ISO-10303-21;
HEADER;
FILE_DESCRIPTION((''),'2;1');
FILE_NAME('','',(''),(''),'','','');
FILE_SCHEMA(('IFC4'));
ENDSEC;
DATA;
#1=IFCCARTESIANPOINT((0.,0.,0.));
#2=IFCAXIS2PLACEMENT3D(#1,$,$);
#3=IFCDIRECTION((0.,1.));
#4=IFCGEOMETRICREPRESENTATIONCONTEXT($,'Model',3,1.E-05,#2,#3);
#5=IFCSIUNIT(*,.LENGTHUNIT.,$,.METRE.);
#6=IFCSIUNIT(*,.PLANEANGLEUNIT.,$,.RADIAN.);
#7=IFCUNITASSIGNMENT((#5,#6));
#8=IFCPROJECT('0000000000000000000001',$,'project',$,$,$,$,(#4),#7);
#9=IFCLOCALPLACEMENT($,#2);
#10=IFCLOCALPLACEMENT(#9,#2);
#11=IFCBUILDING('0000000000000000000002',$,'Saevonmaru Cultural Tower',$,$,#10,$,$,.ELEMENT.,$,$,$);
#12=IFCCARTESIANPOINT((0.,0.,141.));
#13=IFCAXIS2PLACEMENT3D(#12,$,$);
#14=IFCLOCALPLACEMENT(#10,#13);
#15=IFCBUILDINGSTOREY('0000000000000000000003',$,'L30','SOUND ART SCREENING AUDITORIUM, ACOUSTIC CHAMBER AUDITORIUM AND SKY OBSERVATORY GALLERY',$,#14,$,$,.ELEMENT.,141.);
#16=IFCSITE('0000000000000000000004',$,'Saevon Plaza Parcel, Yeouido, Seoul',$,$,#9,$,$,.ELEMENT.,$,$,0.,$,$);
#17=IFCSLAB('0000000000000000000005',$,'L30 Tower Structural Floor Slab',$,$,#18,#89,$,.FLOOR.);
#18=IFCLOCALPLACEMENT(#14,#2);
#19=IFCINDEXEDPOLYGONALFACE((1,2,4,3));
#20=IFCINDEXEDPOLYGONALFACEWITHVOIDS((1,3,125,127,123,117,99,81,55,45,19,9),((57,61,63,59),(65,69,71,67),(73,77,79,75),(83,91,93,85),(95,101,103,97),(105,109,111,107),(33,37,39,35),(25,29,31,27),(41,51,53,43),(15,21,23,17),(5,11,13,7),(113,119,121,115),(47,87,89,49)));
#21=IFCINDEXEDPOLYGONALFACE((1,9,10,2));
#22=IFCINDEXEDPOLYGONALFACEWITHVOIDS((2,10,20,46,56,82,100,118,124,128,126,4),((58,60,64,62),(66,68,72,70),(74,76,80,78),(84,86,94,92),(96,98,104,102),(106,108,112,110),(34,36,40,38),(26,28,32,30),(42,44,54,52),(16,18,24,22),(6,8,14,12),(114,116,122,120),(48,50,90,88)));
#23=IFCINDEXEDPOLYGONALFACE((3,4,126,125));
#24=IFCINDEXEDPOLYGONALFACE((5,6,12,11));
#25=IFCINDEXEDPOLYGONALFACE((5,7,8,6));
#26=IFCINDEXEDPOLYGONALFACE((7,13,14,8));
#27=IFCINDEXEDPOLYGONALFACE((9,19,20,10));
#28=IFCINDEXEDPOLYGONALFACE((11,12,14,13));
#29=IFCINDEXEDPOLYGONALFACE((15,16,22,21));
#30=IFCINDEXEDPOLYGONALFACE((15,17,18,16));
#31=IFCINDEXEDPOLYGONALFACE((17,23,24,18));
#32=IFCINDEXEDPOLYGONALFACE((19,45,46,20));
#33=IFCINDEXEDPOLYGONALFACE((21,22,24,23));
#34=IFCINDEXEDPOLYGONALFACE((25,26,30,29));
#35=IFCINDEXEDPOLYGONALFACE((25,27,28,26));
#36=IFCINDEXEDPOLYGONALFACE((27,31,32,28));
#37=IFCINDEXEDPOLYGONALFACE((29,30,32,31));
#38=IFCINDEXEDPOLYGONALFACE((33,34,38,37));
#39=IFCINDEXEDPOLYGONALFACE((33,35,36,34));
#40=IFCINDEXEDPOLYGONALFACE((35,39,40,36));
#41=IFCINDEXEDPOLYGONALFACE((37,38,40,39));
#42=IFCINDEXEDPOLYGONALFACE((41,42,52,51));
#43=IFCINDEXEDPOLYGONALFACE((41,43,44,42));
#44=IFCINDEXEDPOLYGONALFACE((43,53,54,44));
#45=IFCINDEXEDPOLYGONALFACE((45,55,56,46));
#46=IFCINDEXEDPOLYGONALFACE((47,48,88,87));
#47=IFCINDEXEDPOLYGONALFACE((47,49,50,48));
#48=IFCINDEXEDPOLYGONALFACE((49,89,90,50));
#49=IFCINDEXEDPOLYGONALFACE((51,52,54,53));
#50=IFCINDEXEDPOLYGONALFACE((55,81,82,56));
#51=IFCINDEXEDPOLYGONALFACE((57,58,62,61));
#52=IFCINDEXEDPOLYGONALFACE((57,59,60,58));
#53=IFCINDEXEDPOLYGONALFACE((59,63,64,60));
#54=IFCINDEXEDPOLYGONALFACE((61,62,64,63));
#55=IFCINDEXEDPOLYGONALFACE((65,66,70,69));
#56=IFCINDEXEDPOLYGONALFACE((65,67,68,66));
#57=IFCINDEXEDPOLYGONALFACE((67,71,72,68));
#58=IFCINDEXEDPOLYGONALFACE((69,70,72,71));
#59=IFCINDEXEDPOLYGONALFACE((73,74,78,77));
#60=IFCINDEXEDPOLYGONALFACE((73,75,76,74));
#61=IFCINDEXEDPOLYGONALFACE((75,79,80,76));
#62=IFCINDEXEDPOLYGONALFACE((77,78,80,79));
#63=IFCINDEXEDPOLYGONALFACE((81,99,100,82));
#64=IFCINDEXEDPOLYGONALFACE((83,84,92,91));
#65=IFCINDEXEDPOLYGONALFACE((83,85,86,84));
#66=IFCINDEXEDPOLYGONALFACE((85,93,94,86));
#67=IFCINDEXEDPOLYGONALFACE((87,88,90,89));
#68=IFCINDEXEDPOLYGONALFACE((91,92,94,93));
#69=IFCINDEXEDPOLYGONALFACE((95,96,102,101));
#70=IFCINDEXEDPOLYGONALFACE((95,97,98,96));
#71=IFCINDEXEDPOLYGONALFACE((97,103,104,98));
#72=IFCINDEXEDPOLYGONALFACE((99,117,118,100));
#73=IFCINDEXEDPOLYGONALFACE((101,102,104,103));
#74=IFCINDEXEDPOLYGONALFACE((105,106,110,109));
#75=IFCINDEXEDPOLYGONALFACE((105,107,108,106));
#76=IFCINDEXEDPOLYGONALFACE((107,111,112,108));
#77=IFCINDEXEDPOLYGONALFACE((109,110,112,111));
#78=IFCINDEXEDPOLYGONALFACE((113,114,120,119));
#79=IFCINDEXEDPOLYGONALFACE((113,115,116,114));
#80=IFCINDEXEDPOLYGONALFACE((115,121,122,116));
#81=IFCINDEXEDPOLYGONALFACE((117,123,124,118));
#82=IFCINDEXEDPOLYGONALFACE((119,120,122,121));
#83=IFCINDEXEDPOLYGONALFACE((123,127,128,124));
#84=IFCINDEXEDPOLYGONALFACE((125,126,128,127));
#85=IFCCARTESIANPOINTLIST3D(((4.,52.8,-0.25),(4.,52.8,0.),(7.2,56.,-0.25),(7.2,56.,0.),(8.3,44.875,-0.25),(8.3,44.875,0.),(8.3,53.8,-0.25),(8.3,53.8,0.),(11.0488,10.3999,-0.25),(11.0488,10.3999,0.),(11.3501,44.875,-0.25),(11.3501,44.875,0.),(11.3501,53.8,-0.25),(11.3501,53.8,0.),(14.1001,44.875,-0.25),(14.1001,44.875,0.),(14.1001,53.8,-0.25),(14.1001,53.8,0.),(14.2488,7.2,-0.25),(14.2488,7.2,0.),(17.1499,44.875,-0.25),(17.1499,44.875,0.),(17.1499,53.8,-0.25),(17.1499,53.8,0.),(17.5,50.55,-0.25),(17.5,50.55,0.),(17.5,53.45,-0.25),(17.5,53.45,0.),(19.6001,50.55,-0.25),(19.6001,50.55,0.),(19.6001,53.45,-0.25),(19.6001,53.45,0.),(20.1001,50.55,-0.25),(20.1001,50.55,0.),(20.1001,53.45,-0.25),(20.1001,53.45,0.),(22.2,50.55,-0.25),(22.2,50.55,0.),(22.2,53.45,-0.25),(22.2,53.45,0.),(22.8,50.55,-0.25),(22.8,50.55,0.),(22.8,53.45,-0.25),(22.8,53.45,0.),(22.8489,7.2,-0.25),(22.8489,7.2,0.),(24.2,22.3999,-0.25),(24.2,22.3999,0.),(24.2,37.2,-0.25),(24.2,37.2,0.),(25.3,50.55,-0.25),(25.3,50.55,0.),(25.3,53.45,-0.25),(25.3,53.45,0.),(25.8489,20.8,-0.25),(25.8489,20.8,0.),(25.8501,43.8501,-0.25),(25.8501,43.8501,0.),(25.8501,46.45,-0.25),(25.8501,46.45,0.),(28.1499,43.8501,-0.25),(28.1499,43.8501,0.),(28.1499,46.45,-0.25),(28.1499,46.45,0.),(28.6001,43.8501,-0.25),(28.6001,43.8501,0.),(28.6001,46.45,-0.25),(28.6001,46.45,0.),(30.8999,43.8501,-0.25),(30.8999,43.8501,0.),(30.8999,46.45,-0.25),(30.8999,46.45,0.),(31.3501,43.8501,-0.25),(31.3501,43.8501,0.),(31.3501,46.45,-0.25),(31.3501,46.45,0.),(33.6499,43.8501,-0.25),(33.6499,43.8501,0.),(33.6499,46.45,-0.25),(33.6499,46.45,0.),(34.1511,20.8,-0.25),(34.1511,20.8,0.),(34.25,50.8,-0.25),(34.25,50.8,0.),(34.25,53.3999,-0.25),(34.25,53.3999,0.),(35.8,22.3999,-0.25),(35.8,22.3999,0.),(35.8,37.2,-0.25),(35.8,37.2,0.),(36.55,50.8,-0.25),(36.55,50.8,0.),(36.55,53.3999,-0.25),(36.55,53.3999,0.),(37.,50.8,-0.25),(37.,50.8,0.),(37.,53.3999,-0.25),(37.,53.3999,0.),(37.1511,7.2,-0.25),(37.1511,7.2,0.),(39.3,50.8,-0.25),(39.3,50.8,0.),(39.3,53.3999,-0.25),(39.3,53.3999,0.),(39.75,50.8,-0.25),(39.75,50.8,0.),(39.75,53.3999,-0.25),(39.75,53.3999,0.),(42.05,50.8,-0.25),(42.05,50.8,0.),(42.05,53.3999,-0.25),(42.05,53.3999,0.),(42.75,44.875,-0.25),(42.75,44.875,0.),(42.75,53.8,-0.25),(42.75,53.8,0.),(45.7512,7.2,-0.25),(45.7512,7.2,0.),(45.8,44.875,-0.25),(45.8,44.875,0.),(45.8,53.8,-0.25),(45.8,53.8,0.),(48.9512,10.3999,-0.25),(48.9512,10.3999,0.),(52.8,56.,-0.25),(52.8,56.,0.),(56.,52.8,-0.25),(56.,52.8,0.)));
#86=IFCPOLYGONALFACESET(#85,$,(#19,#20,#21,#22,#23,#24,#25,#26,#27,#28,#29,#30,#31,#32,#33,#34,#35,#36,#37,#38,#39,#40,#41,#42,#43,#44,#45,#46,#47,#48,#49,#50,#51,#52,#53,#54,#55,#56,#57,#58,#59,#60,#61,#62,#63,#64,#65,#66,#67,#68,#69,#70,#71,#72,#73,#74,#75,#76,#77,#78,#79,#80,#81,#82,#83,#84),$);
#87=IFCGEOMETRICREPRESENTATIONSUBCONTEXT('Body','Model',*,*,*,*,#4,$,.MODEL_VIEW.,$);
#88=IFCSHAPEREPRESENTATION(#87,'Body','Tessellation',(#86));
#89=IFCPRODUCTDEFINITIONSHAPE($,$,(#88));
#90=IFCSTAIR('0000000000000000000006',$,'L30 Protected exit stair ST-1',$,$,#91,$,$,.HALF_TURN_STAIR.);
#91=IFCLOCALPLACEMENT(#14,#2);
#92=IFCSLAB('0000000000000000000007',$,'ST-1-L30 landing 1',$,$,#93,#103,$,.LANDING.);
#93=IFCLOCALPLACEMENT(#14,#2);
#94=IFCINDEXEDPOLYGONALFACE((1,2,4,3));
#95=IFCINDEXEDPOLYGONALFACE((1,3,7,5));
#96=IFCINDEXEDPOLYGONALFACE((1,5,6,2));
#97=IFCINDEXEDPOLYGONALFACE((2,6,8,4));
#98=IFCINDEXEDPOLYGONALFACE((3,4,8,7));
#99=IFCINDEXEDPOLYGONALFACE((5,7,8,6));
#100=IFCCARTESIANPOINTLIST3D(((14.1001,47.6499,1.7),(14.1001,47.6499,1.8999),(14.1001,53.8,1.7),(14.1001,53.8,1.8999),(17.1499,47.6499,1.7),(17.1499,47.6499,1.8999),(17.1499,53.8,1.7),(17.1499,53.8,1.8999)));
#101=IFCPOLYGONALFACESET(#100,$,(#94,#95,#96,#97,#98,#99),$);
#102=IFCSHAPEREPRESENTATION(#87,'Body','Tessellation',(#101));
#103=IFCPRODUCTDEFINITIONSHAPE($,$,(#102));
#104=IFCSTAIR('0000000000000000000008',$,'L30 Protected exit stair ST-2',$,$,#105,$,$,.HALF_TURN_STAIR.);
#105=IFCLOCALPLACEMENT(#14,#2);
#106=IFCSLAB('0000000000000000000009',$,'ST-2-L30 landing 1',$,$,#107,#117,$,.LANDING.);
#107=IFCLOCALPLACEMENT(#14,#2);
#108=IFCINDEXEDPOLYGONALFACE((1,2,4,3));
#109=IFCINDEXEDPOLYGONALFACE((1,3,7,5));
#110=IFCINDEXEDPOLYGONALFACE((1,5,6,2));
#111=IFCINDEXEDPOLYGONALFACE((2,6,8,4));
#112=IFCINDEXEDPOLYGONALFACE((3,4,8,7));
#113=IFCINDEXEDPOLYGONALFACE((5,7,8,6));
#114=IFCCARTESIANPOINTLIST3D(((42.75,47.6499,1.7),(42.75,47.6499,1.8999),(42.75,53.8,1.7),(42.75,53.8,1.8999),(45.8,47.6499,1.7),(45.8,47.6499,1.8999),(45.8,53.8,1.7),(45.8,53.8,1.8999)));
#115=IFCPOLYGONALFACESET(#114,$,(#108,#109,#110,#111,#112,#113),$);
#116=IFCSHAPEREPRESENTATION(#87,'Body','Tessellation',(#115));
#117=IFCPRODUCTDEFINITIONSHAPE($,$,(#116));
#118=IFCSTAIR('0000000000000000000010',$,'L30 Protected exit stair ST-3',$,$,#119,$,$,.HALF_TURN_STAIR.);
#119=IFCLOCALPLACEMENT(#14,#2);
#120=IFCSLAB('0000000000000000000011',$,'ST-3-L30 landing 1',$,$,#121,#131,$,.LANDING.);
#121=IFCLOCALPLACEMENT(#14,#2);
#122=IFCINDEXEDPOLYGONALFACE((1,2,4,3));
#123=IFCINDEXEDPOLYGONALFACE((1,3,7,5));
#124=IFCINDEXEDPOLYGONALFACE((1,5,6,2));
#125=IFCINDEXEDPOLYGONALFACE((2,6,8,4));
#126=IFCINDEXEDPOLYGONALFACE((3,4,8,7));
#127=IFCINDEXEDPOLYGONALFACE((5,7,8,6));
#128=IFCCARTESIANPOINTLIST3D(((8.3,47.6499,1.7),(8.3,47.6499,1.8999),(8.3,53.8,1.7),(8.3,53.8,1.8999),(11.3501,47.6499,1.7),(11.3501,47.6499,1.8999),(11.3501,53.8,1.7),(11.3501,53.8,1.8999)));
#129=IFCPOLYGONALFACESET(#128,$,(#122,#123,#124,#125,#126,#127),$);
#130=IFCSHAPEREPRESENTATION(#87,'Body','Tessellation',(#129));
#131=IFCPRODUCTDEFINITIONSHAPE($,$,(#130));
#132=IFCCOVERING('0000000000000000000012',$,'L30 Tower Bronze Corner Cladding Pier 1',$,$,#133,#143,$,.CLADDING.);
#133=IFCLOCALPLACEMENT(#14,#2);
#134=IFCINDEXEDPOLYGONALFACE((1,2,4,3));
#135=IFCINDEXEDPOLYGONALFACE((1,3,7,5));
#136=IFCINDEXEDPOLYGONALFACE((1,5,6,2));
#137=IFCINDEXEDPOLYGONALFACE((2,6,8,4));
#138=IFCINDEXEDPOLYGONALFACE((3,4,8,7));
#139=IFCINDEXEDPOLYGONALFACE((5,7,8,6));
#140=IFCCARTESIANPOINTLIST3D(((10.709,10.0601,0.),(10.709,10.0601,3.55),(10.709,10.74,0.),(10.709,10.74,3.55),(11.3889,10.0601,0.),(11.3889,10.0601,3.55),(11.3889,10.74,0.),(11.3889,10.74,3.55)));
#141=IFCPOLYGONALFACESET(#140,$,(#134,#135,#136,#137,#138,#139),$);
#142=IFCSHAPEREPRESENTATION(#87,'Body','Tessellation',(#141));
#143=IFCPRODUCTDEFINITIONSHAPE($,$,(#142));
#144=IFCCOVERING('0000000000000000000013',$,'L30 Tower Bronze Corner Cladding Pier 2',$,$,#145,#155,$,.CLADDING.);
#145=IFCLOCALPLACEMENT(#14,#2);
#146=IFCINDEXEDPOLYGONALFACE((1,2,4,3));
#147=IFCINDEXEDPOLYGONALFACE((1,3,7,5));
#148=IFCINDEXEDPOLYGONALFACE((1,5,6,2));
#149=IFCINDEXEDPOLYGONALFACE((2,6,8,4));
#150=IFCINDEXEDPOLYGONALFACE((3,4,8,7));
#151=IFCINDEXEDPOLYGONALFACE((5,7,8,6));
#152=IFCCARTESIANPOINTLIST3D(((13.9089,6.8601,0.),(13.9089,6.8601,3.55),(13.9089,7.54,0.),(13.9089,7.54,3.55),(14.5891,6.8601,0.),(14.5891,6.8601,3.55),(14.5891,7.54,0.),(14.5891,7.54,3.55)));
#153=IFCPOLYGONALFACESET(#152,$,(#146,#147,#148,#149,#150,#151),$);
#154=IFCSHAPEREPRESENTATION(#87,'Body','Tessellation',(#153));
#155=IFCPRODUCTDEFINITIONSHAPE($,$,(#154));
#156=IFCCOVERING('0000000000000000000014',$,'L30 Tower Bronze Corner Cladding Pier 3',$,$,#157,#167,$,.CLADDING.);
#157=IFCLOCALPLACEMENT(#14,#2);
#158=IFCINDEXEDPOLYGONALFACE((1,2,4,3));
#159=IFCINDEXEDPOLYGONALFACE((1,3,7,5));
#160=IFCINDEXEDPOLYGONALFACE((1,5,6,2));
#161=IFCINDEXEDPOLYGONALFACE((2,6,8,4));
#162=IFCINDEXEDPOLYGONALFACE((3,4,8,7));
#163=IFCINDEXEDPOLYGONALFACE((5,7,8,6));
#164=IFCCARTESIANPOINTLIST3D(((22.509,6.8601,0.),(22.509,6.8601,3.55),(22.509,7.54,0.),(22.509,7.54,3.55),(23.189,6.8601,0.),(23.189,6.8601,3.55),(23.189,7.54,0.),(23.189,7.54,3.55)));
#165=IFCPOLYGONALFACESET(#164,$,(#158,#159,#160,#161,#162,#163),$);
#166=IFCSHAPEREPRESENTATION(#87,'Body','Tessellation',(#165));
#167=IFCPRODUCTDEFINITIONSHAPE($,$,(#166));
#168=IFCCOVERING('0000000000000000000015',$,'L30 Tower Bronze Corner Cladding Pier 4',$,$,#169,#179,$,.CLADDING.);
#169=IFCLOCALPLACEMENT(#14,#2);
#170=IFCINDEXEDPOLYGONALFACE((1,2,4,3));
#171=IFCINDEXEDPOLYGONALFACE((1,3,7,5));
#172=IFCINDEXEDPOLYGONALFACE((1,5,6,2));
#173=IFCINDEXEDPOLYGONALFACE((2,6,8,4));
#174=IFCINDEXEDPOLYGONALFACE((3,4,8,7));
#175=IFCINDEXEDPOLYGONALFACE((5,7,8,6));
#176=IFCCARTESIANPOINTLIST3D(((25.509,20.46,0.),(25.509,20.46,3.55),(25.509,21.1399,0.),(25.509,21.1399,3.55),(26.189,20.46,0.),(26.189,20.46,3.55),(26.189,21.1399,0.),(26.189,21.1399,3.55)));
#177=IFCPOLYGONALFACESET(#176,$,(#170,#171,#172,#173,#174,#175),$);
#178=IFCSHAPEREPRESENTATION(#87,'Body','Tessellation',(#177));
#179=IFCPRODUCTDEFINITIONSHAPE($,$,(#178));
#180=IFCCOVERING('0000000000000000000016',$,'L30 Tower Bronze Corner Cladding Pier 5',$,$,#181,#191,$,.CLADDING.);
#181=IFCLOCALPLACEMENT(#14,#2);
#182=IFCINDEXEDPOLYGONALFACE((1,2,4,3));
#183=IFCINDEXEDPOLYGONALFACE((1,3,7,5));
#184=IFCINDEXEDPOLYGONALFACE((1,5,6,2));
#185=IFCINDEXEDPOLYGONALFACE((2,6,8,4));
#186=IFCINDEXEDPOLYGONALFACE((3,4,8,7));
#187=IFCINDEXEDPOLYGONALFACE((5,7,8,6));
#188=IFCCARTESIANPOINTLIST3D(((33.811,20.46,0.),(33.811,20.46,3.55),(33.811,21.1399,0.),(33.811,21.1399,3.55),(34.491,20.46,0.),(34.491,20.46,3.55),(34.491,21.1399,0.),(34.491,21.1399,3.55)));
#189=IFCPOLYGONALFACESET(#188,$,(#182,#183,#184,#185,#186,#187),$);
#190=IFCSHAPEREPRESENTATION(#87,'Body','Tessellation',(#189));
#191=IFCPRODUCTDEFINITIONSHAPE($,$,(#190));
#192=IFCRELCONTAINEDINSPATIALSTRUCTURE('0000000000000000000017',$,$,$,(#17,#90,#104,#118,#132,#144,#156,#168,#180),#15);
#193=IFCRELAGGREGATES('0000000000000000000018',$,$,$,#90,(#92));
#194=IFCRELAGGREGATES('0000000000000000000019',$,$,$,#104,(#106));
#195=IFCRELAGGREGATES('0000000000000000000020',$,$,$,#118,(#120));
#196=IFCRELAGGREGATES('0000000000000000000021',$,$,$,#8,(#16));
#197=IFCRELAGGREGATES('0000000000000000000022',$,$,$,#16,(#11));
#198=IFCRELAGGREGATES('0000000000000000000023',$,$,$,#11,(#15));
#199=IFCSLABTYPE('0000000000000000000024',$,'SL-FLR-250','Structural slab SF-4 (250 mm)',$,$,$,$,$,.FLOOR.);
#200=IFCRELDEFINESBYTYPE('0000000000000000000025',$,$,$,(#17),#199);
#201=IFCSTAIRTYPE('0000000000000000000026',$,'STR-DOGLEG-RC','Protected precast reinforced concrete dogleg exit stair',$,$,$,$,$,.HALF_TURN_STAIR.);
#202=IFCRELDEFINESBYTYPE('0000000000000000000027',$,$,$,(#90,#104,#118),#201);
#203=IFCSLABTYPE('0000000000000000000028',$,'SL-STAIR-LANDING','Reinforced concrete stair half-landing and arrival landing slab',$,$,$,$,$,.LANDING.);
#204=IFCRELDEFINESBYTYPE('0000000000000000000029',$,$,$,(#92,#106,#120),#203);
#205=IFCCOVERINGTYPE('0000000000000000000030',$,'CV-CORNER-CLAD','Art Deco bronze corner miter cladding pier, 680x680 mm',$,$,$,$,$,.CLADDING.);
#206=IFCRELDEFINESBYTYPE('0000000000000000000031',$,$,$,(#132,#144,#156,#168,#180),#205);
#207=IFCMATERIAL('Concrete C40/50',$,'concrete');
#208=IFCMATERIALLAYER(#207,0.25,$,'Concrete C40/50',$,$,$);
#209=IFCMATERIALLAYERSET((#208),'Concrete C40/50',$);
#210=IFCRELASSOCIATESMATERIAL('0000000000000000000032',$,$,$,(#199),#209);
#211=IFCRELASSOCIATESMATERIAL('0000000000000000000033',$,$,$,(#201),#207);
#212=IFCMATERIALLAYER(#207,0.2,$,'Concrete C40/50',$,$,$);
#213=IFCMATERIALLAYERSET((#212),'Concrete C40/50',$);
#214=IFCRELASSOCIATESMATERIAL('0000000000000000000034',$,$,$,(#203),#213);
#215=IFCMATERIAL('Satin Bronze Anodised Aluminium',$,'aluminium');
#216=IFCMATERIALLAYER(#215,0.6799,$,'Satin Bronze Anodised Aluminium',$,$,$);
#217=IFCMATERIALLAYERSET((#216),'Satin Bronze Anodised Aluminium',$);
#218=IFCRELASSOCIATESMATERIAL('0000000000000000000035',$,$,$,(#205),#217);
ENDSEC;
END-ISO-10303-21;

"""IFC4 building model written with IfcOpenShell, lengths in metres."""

from ifc_helpers import new_model, si_unit, direction, frame, origin, place, context, subcontext, project, spatial, polyline, outline, extrude, material, layer, layer_set, type_object, element, aggregate, save


model = new_model("IFC4")

# Units and contexts
model_context = context("Model", 3, precision=1e-05, world=origin(), true_north=direction((0.0, 1.0)))
body_context = subcontext(model_context, "Body", "Model", "MODEL_VIEW")
ifc_project = project(units=[si_unit("LENGTHUNIT", "METRE"), si_unit("PLANEANGLEUNIT", "RADIAN")], contexts=[model_context])

# Site, building, storey
site_placement = place(None, origin())
site = spatial("IfcSite", under=ifc_project, at=site_placement, Name="Saevon Plaza Parcel, Yeouido, Seoul", CompositionType="ELEMENT", RefElevation=0.0)
building_placement = place(site_placement, origin())
building = spatial("IfcBuilding", under=site, at=building_placement, Name="Saevonmaru Cultural Tower", CompositionType="ELEMENT")
storey_placement = place(building_placement, frame((0.0, 0.0, 141.0)))
storey = spatial("IfcBuildingStorey", under=building, at=storey_placement, Name="L30", Description="SOUND ART SCREENING AUDITORIUM, ACOUSTIC CHAMBER AUDITORIUM AND SKY OBSERVATORY GALLERY", CompositionType="ELEMENT", Elevation=141.0)

# Shared definitions
ifc_material_1 = material(Name="Satin Bronze Anodised Aluminium", Category="aluminium")

# Slab
ifc_material_2 = material(Name="Concrete C40/50", Category="concrete")
ifc_layer_1 = layer(ifc_material_2, 0.25, Name="Concrete C40/50")
ifc_layer_set_1 = layer_set([ifc_layer_1], Name="Concrete C40/50")
slab_type_1 = type_object("IfcSlabType", Name="SL-FLR-250", Description="Structural slab SF-4 (250 mm)", PredefinedType="FLOOR", material=ifc_layer_set_1)
slab_1_placement = place(storey_placement, frame((0.0, 0.0, -0.25)))
element("IfcSlab", 1, at=slab_1_placement, inside=storey, type_object=slab_type_1, Name="L30 Tower Structural Floor Slab", PredefinedType="FLOOR", context=body_context, shape_type="SweptSolid", body=[
    extrude(outline(polyline([(11.0488, 10.3999), (14.2488, 7.2), (22.8489, 7.2), (25.8489, 20.8), (34.1511, 20.8), (37.1511, 7.2), (45.7512, 7.2), (48.9512, 10.3999), (56.0, 52.8), (52.8, 56.0), (7.2, 56.0), (4.0, 52.8), (11.0488, 10.3999)]), holes=[polyline([(45.8, 44.875), (42.75, 44.875), (42.75, 53.8), (45.8, 53.8), (45.8, 44.875)]), polyline([(39.75, 50.8), (39.75, 53.3999), (42.05, 53.3999), (42.05, 50.8), (39.75, 50.8)]), polyline([(37.0, 50.8), (37.0, 53.3999), (39.3, 53.3999), (39.3, 50.8), (37.0, 50.8)]), polyline([(34.25, 50.8), (34.25, 53.3999), (36.55, 53.3999), (36.55, 50.8), (34.25, 50.8)]), polyline([(24.2, 22.3999), (24.2, 37.2), (35.8, 37.2), (35.8, 22.3999), (24.2, 22.3999)]), polyline([(31.3501, 43.8501), (31.3501, 46.45), (33.6499, 46.45), (33.6499, 43.8501), (31.3501, 43.8501)]), polyline([(28.6001, 43.8501), (28.6001, 46.45), (30.8999, 46.45), (30.8999, 43.8501), (28.6001, 43.8501)]), polyline([(28.1499, 43.8501), (25.8501, 43.8501), (25.8501, 46.45), (28.1499, 46.45), (28.1499, 43.8501)]), polyline([(25.3, 50.55), (22.8, 50.55), (22.8, 53.45), (25.3, 53.45), (25.3, 50.55)]), polyline([(20.1001, 50.55), (20.1001, 53.45), (22.2, 53.45), (22.2, 50.55), (20.1001, 50.55)]), polyline([(17.5, 50.55), (17.5, 53.45), (19.6001, 53.45), (19.6001, 50.55), (17.5, 50.55)]), polyline([(17.1499, 53.8), (17.1499, 44.875), (14.1001, 44.875), (14.1001, 53.8), (17.1499, 53.8)]), polyline([(11.3501, 44.875), (8.3, 44.875), (8.3, 53.8), (11.3501, 53.8), (11.3501, 44.875)])]), origin(), (0.0, 0.0, 1.0), 0.25),
])

# Stairs, slabs
stair_type = type_object("IfcStairType", Name="STR-DOGLEG-RC", Description="Protected precast reinforced concrete dogleg exit stair", PredefinedType="HALF_TURN_STAIR", material=ifc_material_2)
stair_1_placement = place(storey_placement, origin())
stair_1 = element("IfcStair", 2, at=stair_1_placement, inside=storey, type_object=stair_type, Name="L30 Protected exit stair ST-1", PredefinedType="HALF_TURN_STAIR")
ifc_layer_2 = layer(ifc_material_2, 0.2, Name="Concrete C40/50")
ifc_layer_set_2 = layer_set([ifc_layer_2], Name="Concrete C40/50")
slab_type_2 = type_object("IfcSlabType", Name="SL-STAIR-LANDING", Description="Reinforced concrete stair half-landing and arrival landing slab", PredefinedType="LANDING", material=ifc_layer_set_2)
slab_2_placement = place(storey_placement, frame((0.0, 0.0, 1.7)))
slab_2 = element("IfcSlab", 3, at=slab_2_placement, type_object=slab_type_2, Name="ST-1-L30 landing 1", PredefinedType="LANDING", context=body_context, shape_type="SweptSolid", body=[
    extrude(outline(polyline([(17.1499, 47.6499), (17.1499, 53.8), (14.1001, 53.8), (14.1001, 47.6499), (17.1499, 47.6499)])), origin(), (0.0, 0.0, 1.0), 0.2),
])
aggregate(stair_1, [slab_2])
stair_2_placement = place(storey_placement, origin())
stair_2 = element("IfcStair", 4, at=stair_2_placement, inside=storey, type_object=stair_type, Name="L30 Protected exit stair ST-2", PredefinedType="HALF_TURN_STAIR")
slab_3_placement = place(storey_placement, frame((0.0, 0.0, 1.7)))
slab_3 = element("IfcSlab", 5, at=slab_3_placement, type_object=slab_type_2, Name="ST-2-L30 landing 1", PredefinedType="LANDING", context=body_context, shape_type="SweptSolid", body=[
    extrude(outline(polyline([(45.8, 47.6499), (45.8, 53.8), (42.75, 53.8), (42.75, 47.6499), (45.8, 47.6499)])), origin(), (0.0, 0.0, 1.0), 0.2),
])
aggregate(stair_2, [slab_3])
stair_3_placement = place(storey_placement, origin())
stair_3 = element("IfcStair", 6, at=stair_3_placement, inside=storey, type_object=stair_type, Name="L30 Protected exit stair ST-3", PredefinedType="HALF_TURN_STAIR")
slab_4_placement = place(storey_placement, frame((0.0, 0.0, 1.7)))
slab_4 = element("IfcSlab", 7, at=slab_4_placement, type_object=slab_type_2, Name="ST-3-L30 landing 1", PredefinedType="LANDING", context=body_context, shape_type="SweptSolid", body=[
    extrude(outline(polyline([(11.3501, 47.6499), (11.3501, 53.8), (8.3, 53.8), (8.3, 47.6499), (11.3501, 47.6499)])), origin(), (0.0, 0.0, 1.0), 0.2),
])
aggregate(stair_3, [slab_4])

# Coverings
ifc_layer_3 = layer(ifc_material_1, 0.6799, Name="Satin Bronze Anodised Aluminium")
ifc_layer_set_3 = layer_set([ifc_layer_3], Name="Satin Bronze Anodised Aluminium")
covering_type = type_object("IfcCoveringType", Name="CV-CORNER-CLAD", Description="Art Deco bronze corner miter cladding pier, 680x680 mm", PredefinedType="CLADDING", material=ifc_layer_set_3)
covering_1_placement = place(storey_placement, origin())
element("IfcCovering", 8, at=covering_1_placement, inside=storey, type_object=covering_type, Name="L30 Tower Bronze Corner Cladding Pier 1", PredefinedType="CLADDING", context=body_context, shape_type="SweptSolid", body=[
    extrude(outline(polyline([(10.709, 10.0601), (11.3889, 10.0601), (11.3889, 10.74), (10.709, 10.74), (10.709, 10.0601)])), origin(), (0.0, 0.0, 1.0), 3.55),
])
covering_2_placement = place(storey_placement, origin())
element("IfcCovering", 9, at=covering_2_placement, inside=storey, type_object=covering_type, Name="L30 Tower Bronze Corner Cladding Pier 2", PredefinedType="CLADDING", context=body_context, shape_type="SweptSolid", body=[
    extrude(outline(polyline([(13.9089, 6.8601), (14.5891, 6.8601), (14.5891, 7.54), (13.9089, 7.54), (13.9089, 6.8601)])), origin(), (0.0, 0.0, 1.0), 3.55),
])
covering_3_placement = place(storey_placement, origin())
element("IfcCovering", 10, at=covering_3_placement, inside=storey, type_object=covering_type, Name="L30 Tower Bronze Corner Cladding Pier 3", PredefinedType="CLADDING", context=body_context, shape_type="SweptSolid", body=[
    extrude(outline(polyline([(22.509, 6.8601), (23.189, 6.8601), (23.189, 7.54), (22.509, 7.54), (22.509, 6.8601)])), origin(), (0.0, 0.0, 1.0), 3.55),
])
covering_4_placement = place(storey_placement, origin())
element("IfcCovering", 11, at=covering_4_placement, inside=storey, type_object=covering_type, Name="L30 Tower Bronze Corner Cladding Pier 4", PredefinedType="CLADDING", context=body_context, shape_type="SweptSolid", body=[
    extrude(outline(polyline([(25.509, 20.46), (26.189, 20.46), (26.189, 21.1399), (25.509, 21.1399), (25.509, 20.46)])), origin(), (0.0, 0.0, 1.0), 3.55),
])
covering_5_placement = place(storey_placement, origin())
element("IfcCovering", 12, at=covering_5_placement, inside=storey, type_object=covering_type, Name="L30 Tower Bronze Corner Cladding Pier 5", PredefinedType="CLADDING", context=body_context, shape_type="SweptSolid", body=[
    extrude(outline(polyline([(33.811, 20.46), (34.491, 20.46), (34.491, 21.1399), (33.811, 21.1399), (33.811, 20.46)])), origin(), (0.0, 0.0, 1.0), 3.55),
])

save(model, "model.ifc")
